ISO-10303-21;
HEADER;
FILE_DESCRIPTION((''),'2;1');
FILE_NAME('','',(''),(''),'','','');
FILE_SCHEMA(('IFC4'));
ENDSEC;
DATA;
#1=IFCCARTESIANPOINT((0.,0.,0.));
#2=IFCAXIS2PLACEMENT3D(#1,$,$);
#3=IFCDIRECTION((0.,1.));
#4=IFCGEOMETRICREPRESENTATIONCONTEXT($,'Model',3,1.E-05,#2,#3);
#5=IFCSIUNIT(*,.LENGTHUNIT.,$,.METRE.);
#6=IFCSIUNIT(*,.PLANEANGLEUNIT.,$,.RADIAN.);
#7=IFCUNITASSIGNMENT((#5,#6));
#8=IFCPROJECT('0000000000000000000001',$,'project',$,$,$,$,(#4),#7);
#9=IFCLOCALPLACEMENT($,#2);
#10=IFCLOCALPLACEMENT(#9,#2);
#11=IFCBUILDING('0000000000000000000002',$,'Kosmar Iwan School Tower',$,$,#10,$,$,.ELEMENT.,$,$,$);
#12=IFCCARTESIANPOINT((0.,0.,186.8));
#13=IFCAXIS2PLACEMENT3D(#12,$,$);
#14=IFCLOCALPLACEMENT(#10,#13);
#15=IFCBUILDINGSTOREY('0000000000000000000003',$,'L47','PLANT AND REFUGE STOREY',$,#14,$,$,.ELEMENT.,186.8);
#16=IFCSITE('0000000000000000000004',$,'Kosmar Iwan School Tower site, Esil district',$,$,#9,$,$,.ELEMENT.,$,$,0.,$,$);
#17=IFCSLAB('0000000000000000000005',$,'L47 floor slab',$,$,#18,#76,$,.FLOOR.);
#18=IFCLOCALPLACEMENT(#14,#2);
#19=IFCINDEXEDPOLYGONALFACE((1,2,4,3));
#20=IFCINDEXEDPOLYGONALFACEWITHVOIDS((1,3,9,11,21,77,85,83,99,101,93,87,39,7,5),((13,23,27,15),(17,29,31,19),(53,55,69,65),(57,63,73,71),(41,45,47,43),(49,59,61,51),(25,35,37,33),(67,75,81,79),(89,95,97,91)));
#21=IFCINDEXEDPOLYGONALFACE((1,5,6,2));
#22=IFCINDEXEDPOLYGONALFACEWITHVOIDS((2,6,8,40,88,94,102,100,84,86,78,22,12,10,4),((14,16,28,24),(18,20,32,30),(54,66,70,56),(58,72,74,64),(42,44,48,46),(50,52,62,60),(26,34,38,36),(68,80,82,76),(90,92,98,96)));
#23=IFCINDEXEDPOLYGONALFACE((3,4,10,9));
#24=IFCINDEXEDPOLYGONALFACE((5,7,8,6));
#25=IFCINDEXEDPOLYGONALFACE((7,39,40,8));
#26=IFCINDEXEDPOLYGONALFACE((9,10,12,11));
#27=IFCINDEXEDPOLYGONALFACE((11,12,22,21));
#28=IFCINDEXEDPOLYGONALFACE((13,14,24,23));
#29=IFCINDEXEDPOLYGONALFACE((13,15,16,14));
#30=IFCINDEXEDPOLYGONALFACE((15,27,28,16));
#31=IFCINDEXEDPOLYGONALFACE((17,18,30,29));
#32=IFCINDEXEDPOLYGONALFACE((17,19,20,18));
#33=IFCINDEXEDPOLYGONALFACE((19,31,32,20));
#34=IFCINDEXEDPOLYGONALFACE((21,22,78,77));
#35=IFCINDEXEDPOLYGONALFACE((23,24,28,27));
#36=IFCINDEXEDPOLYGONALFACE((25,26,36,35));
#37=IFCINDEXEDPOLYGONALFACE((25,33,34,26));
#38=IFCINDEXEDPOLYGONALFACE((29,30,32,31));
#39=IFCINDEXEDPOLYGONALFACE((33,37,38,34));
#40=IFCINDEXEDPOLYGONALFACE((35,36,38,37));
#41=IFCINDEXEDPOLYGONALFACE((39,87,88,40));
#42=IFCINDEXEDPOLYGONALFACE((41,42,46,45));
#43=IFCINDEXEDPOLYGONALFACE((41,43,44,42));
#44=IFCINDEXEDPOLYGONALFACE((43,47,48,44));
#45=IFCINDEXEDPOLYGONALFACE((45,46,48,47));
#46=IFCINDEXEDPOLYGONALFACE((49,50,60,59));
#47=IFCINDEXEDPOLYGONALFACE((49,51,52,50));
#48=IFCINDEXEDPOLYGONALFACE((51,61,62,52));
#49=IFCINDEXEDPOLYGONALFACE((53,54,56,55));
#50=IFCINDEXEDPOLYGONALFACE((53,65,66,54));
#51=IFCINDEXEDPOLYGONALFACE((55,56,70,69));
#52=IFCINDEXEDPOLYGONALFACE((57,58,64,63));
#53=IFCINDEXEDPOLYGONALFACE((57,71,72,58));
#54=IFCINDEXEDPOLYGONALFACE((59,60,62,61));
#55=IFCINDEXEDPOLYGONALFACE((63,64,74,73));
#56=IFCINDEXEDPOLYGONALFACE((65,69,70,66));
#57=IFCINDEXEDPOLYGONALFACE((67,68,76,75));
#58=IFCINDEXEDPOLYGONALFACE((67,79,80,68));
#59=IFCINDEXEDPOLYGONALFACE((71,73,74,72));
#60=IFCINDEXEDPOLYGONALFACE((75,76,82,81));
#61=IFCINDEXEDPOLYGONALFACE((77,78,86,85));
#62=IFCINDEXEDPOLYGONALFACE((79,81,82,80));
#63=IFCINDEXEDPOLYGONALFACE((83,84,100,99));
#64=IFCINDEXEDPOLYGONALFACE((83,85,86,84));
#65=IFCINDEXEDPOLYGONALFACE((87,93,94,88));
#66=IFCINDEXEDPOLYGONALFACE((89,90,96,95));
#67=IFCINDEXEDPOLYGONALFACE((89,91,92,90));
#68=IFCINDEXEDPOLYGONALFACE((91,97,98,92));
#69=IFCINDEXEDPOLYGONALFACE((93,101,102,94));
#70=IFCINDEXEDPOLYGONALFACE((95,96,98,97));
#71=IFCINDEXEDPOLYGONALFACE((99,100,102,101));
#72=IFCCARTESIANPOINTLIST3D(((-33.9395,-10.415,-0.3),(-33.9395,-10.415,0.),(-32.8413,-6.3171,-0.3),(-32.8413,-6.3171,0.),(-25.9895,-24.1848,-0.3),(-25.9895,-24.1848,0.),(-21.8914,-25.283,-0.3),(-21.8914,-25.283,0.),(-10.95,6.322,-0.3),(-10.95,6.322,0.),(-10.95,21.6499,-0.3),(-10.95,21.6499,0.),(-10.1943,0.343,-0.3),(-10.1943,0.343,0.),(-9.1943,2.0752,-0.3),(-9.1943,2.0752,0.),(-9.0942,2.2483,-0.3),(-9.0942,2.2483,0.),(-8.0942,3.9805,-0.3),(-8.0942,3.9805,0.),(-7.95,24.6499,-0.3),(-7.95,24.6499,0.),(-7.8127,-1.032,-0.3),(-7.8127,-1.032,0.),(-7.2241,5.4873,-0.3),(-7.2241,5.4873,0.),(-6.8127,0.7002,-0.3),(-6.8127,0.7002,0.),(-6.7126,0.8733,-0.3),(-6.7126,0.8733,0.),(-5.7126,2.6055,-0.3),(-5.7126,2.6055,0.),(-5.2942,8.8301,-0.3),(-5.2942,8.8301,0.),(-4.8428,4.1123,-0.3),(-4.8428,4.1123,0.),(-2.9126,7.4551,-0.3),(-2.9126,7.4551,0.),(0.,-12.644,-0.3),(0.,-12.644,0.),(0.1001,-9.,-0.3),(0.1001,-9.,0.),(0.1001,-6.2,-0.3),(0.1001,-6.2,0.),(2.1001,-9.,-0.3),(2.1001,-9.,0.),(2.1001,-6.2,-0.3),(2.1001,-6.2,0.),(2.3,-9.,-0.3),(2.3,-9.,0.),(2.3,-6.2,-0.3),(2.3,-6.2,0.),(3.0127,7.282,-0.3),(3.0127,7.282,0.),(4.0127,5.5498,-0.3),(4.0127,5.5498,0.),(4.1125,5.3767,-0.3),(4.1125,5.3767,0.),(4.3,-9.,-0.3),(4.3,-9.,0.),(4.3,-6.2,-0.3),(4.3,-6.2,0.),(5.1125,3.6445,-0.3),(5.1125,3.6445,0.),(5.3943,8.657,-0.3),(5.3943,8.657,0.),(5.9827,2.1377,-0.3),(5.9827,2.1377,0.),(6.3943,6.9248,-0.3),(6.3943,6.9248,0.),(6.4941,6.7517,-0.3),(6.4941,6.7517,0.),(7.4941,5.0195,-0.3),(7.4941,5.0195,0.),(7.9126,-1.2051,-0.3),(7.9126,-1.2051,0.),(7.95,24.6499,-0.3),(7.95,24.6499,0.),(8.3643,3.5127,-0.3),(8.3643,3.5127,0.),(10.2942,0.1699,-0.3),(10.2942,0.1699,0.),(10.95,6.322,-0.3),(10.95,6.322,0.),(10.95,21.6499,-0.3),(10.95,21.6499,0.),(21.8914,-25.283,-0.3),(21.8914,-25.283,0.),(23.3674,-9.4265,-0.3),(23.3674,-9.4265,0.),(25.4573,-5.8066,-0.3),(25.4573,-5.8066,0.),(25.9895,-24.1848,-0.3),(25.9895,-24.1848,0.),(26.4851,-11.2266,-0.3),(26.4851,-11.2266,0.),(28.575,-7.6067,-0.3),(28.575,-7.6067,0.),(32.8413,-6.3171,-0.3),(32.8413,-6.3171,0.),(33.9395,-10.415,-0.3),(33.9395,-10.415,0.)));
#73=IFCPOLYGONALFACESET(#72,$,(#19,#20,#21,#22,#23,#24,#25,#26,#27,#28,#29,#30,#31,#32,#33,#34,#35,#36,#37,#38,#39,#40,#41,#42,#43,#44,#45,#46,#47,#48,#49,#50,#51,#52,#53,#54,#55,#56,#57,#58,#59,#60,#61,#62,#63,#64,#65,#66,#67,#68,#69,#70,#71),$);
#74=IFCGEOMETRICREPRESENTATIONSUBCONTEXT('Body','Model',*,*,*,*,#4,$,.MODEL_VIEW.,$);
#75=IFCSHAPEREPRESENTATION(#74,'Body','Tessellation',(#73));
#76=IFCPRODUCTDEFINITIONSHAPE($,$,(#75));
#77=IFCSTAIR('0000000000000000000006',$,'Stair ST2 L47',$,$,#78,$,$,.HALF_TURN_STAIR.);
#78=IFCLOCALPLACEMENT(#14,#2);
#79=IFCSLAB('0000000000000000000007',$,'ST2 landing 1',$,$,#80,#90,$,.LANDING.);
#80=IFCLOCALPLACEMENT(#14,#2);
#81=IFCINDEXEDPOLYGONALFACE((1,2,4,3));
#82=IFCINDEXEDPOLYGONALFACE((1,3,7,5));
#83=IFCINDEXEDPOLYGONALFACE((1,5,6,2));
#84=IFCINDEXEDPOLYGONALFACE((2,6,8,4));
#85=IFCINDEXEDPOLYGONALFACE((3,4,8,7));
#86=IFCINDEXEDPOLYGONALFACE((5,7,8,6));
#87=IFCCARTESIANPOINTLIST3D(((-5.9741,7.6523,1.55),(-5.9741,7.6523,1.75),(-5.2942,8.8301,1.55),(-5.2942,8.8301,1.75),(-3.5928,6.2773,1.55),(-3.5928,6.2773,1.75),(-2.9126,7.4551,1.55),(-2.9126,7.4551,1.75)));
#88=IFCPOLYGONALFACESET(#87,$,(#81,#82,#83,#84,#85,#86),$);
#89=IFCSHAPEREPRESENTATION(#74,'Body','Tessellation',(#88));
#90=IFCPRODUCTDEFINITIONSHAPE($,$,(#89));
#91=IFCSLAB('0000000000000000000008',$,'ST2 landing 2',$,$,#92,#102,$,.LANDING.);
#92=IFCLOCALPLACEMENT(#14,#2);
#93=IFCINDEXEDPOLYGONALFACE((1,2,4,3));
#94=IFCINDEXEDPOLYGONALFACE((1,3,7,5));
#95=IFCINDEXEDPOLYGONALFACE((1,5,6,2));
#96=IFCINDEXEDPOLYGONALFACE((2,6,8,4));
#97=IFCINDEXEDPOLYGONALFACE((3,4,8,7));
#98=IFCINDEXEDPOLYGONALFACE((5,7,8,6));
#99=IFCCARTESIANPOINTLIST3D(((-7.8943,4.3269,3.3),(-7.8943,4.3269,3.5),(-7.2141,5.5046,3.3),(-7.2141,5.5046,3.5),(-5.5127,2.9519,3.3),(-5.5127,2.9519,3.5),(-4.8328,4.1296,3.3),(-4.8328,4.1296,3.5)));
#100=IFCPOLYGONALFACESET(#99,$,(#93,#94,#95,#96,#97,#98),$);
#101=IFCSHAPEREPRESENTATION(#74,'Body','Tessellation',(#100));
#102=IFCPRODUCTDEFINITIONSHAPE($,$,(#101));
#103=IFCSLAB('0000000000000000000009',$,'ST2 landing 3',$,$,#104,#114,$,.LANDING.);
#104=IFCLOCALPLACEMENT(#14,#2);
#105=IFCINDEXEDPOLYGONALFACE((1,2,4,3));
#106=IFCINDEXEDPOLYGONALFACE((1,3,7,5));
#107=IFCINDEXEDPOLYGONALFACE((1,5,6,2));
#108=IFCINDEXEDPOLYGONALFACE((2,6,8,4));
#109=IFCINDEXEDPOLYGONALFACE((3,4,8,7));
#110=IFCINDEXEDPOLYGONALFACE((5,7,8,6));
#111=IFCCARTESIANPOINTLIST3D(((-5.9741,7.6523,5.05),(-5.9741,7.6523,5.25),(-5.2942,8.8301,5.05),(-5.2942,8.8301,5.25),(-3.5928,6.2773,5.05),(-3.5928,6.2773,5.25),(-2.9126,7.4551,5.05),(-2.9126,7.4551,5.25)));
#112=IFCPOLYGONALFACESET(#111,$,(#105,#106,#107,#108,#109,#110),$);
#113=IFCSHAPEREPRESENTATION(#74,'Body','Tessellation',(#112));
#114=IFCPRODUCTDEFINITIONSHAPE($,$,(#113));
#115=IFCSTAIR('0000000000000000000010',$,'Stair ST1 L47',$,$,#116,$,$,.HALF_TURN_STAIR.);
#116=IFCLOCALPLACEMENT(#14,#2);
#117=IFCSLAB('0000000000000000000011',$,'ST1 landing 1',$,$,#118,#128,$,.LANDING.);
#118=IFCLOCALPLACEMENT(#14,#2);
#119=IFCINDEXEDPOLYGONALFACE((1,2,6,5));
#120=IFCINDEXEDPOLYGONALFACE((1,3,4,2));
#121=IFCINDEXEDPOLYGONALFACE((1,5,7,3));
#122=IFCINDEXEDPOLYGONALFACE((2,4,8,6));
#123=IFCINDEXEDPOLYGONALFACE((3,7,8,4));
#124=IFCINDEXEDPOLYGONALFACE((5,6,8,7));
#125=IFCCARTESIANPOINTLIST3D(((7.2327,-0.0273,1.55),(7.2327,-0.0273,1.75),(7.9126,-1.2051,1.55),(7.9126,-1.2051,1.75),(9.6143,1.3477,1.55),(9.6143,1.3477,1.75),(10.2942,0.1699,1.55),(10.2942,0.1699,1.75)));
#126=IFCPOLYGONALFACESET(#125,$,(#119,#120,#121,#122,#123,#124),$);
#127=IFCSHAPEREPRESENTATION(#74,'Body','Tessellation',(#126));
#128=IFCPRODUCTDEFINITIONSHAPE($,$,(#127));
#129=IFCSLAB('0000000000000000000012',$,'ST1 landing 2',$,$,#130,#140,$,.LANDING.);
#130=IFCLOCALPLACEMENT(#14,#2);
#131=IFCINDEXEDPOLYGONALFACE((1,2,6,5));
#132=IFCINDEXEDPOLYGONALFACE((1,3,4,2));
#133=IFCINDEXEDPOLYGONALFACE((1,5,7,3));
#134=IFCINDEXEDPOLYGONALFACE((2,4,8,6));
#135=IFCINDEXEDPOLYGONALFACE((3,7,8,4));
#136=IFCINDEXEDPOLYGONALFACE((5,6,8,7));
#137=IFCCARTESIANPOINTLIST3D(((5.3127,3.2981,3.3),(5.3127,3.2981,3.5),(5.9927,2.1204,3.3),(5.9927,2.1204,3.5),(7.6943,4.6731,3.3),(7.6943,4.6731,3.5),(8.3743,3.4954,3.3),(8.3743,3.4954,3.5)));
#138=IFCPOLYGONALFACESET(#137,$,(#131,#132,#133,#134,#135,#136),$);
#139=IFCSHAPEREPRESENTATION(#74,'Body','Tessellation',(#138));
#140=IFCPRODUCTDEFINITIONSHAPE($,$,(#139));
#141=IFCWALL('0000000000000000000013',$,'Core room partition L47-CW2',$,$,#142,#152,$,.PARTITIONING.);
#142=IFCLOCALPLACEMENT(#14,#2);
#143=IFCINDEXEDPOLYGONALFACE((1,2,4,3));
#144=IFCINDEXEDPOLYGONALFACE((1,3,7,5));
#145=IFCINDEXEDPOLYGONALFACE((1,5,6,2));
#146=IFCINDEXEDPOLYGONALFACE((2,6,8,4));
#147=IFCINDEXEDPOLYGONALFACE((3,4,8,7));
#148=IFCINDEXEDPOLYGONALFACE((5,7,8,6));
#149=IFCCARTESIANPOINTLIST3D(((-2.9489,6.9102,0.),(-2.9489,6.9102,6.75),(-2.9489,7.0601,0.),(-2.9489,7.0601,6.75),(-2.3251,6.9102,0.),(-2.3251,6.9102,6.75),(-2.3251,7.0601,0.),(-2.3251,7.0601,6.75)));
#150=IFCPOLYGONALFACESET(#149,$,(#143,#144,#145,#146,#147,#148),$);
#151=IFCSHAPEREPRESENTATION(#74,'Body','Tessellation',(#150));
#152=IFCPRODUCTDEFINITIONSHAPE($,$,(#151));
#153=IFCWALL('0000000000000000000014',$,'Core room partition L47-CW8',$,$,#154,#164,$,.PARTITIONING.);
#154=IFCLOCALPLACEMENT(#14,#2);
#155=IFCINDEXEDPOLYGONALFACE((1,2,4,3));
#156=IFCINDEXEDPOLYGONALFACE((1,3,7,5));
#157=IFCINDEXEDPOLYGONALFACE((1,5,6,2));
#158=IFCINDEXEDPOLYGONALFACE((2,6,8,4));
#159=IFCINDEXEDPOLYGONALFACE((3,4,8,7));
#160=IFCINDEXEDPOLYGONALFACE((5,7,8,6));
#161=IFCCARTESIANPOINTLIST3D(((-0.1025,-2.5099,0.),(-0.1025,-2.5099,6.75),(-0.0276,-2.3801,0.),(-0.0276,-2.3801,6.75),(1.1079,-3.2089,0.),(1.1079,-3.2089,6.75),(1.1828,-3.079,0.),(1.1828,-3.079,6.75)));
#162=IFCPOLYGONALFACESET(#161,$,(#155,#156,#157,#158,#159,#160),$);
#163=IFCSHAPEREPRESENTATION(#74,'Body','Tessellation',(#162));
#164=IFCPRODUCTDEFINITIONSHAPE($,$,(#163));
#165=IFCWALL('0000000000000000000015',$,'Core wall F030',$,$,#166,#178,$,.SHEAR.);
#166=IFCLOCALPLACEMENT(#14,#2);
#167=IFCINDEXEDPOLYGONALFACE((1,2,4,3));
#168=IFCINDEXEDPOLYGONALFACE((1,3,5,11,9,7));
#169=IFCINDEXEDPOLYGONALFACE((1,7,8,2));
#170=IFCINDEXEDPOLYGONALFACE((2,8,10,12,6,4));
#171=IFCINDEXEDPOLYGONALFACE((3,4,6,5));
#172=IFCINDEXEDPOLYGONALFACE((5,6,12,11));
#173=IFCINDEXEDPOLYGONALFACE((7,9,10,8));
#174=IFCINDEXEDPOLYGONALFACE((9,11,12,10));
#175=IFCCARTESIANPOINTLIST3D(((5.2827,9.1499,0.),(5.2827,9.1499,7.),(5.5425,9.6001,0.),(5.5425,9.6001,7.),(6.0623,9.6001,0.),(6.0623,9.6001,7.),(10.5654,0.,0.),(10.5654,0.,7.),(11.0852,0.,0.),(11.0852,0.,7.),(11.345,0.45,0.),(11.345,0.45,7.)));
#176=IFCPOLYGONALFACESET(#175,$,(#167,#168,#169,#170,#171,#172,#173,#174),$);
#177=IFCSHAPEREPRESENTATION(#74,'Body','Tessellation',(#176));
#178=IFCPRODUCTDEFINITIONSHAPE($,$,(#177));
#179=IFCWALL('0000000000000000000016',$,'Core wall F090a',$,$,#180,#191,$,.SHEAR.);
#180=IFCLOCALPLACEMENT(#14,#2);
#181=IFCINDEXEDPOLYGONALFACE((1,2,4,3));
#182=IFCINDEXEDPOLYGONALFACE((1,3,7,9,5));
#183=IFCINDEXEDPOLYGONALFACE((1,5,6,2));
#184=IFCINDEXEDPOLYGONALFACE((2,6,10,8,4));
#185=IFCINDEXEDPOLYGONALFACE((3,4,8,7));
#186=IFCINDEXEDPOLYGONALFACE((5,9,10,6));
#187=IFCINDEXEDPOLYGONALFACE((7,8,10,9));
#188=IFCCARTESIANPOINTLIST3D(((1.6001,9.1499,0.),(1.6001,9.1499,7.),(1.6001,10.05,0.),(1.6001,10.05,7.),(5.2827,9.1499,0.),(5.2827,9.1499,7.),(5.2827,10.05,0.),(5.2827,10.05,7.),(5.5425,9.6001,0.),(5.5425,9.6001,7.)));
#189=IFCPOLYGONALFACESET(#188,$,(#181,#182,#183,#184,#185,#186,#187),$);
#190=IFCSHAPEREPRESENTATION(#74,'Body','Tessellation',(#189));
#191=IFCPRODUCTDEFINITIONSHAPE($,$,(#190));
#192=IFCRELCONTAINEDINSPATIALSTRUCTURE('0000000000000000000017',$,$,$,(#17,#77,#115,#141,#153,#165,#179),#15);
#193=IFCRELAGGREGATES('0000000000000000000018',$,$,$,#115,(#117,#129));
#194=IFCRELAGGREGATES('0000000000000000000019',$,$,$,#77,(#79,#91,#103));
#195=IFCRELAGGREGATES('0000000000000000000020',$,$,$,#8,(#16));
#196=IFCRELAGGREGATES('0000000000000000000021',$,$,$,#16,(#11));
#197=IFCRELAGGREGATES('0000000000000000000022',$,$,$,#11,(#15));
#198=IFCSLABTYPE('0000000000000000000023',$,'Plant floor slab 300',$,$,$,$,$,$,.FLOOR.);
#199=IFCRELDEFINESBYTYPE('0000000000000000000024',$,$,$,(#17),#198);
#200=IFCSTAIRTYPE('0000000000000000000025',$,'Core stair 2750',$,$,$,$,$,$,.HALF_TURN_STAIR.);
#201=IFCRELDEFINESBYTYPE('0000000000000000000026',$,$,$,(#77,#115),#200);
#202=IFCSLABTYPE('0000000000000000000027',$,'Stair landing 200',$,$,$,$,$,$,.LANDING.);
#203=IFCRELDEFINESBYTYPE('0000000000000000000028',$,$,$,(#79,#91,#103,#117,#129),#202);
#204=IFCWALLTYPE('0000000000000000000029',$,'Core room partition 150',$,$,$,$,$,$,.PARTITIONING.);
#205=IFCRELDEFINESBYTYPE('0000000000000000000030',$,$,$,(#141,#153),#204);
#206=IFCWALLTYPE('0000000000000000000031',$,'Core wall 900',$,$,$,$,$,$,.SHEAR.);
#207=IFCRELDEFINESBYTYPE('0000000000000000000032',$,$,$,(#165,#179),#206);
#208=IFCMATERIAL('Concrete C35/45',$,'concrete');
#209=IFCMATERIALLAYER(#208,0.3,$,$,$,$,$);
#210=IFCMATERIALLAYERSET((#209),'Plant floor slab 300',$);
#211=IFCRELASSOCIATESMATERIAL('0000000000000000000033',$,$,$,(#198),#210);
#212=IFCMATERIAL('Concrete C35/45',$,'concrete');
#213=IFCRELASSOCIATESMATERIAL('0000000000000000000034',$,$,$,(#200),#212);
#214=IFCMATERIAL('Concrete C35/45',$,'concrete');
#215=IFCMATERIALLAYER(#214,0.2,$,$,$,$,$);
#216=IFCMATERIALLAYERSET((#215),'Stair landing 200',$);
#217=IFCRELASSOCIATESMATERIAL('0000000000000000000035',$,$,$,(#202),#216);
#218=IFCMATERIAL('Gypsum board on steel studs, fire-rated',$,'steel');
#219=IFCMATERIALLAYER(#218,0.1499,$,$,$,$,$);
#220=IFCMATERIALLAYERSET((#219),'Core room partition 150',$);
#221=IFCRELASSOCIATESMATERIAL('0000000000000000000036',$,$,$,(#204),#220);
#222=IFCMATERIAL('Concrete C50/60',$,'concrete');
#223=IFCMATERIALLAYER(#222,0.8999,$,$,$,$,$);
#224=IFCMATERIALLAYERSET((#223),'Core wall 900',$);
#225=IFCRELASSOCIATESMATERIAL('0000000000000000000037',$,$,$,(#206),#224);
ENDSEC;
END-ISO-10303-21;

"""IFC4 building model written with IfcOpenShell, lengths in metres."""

from ifc_helpers import new_model, si_unit, direction, frame, frame_2d, origin, place, context, subcontext, project, spatial, polyline, rectangle, outline, extrude, material, layer, layer_set, type_object, element, aggregate, save


model = new_model("IFC4")

# Units and contexts
model_context = context("Model", 3, precision=1e-05, world=origin(), true_north=direction((0.0, 1.0)))
body_context = subcontext(model_context, "Body", "Model", "MODEL_VIEW")
ifc_project = project(units=[si_unit("LENGTHUNIT", "METRE"), si_unit("PLANEANGLEUNIT", "RADIAN")], contexts=[model_context])

# Site, building, storey
site_placement = place(None, origin())
site = spatial("IfcSite", under=ifc_project, at=site_placement, Name="Kosmar Iwan School Tower site, Esil district", CompositionType="ELEMENT", RefElevation=0.0)
building_placement = place(site_placement, origin())
building = spatial("IfcBuilding", under=site, at=building_placement, Name="Kosmar Iwan School Tower", CompositionType="ELEMENT")
storey_placement = place(building_placement, frame((0.0, 0.0, 186.8)))
storey = spatial("IfcBuildingStorey", under=building, at=storey_placement, Name="L47", Description="PLANT AND REFUGE STOREY", CompositionType="ELEMENT", Elevation=186.8)

# Slab
ifc_material_1 = material(Name="Concrete C35/45", Category="concrete")
ifc_layer_1 = layer(ifc_material_1, 0.3)
ifc_layer_set_1 = layer_set([ifc_layer_1], Name="Plant floor slab 300")
slab_type_1 = type_object("IfcSlabType", Name="Plant floor slab 300", PredefinedType="FLOOR", material=ifc_layer_set_1)
slab_1_placement = place(storey_placement, frame((0.0, 0.0, -0.3)))
element("IfcSlab", 1, at=slab_1_placement, inside=storey, type_object=slab_type_1, Name="L47 floor slab", PredefinedType="FLOOR", context=body_context, shape_type="SweptSolid", body=[
    extrude(outline(polyline([(-21.8914, -25.283), (0.0, -12.644), (21.8914, -25.283), (25.9895, -24.1848), (33.9395, -10.415), (32.8413, -6.3171), (10.95, 6.322), (10.95, 21.6499), (7.95, 24.6499), (-7.95, 24.6499), (-10.95, 21.6499), (-10.95, 6.322), (-32.8413, -6.3171), (-33.9395, -10.415), (-25.9895, -24.1848), (-21.8914, -25.283)]), holes=[polyline([(7.9126, -1.2051), (10.2942, 0.1699), (8.3643, 3.5127), (5.9827, 2.1377), (7.9126, -1.2051)]), polyline([(-2.9126, 7.4551), (-5.2942, 8.8301), (-7.2241, 5.4873), (-4.8428, 4.1123), (-2.9126, 7.4551)]), polyline([(-5.7126, 2.6055), (-8.0942, 3.9805), (-9.0942, 2.2483), (-6.7126, 0.8733), (-5.7126, 2.6055)]), polyline([(-6.8127, 0.7002), (-9.1943, 2.0752), (-10.1943, 0.343), (-7.8127, -1.032), (-6.8127, 0.7002)]), polyline([(5.1125, 3.6445), (7.4941, 5.0195), (6.4941, 6.7517), (4.1125, 5.3767), (5.1125, 3.6445)]), polyline([(4.0127, 5.5498), (6.3943, 6.9248), (5.3943, 8.657), (3.0127, 7.282), (4.0127, 5.5498)]), polyline([(0.1001, -6.2), (0.1001, -9.0), (2.1001, -9.0), (2.1001, -6.2), (0.1001, -6.2)]), polyline([(2.3, -6.2), (2.3, -9.0), (4.3, -9.0), (4.3, -6.2), (2.3, -6.2)]), polyline([(23.3674, -9.4265), (26.4851, -11.2266), (28.575, -7.6067), (25.4573, -5.8066), (23.3674, -9.4265)])]), origin(), (0.0, 0.0, 1.0), 0.3),
])

# Stairs, slabs
ifc_material_2 = material(Name="Concrete C35/45", Category="concrete")
stair_type = type_object("IfcStairType", Name="Core stair 2750", PredefinedType="HALF_TURN_STAIR", material=ifc_material_2)
stair_1_placement = place(storey_placement, origin())
stair_1 = element("IfcStair", 2, at=stair_1_placement, inside=storey, type_object=stair_type, Name="Stair ST2 L47", PredefinedType="HALF_TURN_STAIR")
ifc_material_3 = material(Name="Concrete C35/45", Category="concrete")
ifc_layer_2 = layer(ifc_material_3, 0.2)
ifc_layer_set_2 = layer_set([ifc_layer_2], Name="Stair landing 200")
slab_type_2 = type_object("IfcSlabType", Name="Stair landing 200", PredefinedType="LANDING", material=ifc_layer_set_2)
slab_2_placement = place(storey_placement, frame((0.0, 0.0, 1.55)))
slab_2 = element("IfcSlab", 3, at=slab_2_placement, type_object=slab_type_2, Name="ST2 landing 1", PredefinedType="LANDING", context=body_context, shape_type="SweptSolid", body=[
    extrude(outline(polyline([(-2.9126, 7.4551), (-5.2942, 8.8301), (-5.9741, 7.6523), (-3.5928, 6.2773), (-2.9126, 7.4551)])), origin(), (0.0, 0.0, 1.0), 0.2),
])
slab_3_placement = place(storey_placement, frame((0.0, 0.0, 3.3)))
slab_3 = element("IfcSlab", 4, at=slab_3_placement, type_object=slab_type_2, Name="ST2 landing 2", PredefinedType="LANDING", context=body_context, shape_type="SweptSolid", body=[
    extrude(outline(polyline([(-4.8328, 4.1296), (-7.2141, 5.5046), (-7.8943, 4.3269), (-5.5127, 2.9519), (-4.8328, 4.1296)])), origin(), (0.0, 0.0, 1.0), 0.2),
])
slab_4_placement = place(storey_placement, frame((0.0, 0.0, 5.05)))
slab_4 = element("IfcSlab", 5, at=slab_4_placement, type_object=slab_type_2, Name="ST2 landing 3", PredefinedType="LANDING", context=body_context, shape_type="SweptSolid", body=[
    extrude(outline(polyline([(-2.9126, 7.4551), (-5.2942, 8.8301), (-5.9741, 7.6523), (-3.5928, 6.2773), (-2.9126, 7.4551)])), origin(), (0.0, 0.0, 1.0), 0.2),
])
stair_2_placement = place(storey_placement, origin())
stair_2 = element("IfcStair", 6, at=stair_2_placement, inside=storey, type_object=stair_type, Name="Stair ST1 L47", PredefinedType="HALF_TURN_STAIR")
slab_5_placement = place(storey_placement, frame((0.0, 0.0, 1.55)))
slab_5 = element("IfcSlab", 7, at=slab_5_placement, type_object=slab_type_2, Name="ST1 landing 1", PredefinedType="LANDING", context=body_context, shape_type="SweptSolid", body=[
    extrude(outline(polyline([(7.9126, -1.2051), (10.2942, 0.1699), (9.6143, 1.3477), (7.2327, -0.0273), (7.9126, -1.2051)])), origin(), (0.0, 0.0, 1.0), 0.2),
])
slab_6_placement = place(storey_placement, frame((0.0, 0.0, 3.3)))
slab_6 = element("IfcSlab", 8, at=slab_6_placement, type_object=slab_type_2, Name="ST1 landing 2", PredefinedType="LANDING", context=body_context, shape_type="SweptSolid", body=[
    extrude(outline(polyline([(5.9927, 2.1204), (8.3743, 3.4954), (7.6943, 4.6731), (5.3127, 3.2981), (5.9927, 2.1204)])), origin(), (0.0, 0.0, 1.0), 0.2),
])
aggregate(stair_2, [slab_5, slab_6])

# Walls
ifc_material_4 = material(Name="Gypsum board on steel studs, fire-rated", Category="steel")
ifc_layer_3 = layer(ifc_material_4, 0.1499)
ifc_layer_set_3 = layer_set([ifc_layer_3], Name="Core room partition 150")
wall_type_1 = type_object("IfcWallType", Name="Core room partition 150", PredefinedType="PARTITIONING", material=ifc_layer_set_3)
wall_1_placement = place(storey_placement, frame((-2.325, 6.9851, 0.0), z_axis=(0.0, 0.0, 1.0), x_axis=(-1.0, 0.0, 0.0)))
element("IfcWall", 9, at=wall_1_placement, inside=storey, type_object=wall_type_1, Name="Core room partition L47-CW2", PredefinedType="PARTITIONING", context=body_context, shape_type="SweptSolid", body=[
    extrude(rectangle(XDim=0.6238, YDim=0.1499, at=frame_2d((0.312, 0.0))), origin(), (0.0, 0.0, 1.0), 6.75),
])
wall_2_placement = place(storey_placement, frame((-0.0649, -2.4451, 0.0), z_axis=(0.0, 0.0, 1.0), x_axis=(0.865988, -0.500065, 0.0)))
element("IfcWall", 10, at=wall_2_placement, inside=storey, type_object=wall_type_1, Name="Core room partition L47-CW8", PredefinedType="PARTITIONING", context=body_context, shape_type="SweptSolid", body=[
    extrude(rectangle(XDim=1.3977, YDim=0.1499, at=frame_2d((0.6987, 0.0))), origin(), (0.0, 0.0, 1.0), 6.75),
])
ifc_material_5 = material(Name="Concrete C50/60", Category="concrete")
ifc_layer_4 = layer(ifc_material_5, 0.8999)
ifc_layer_set_4 = layer_set([ifc_layer_4], Name="Core wall 900")
wall_type_2 = type_object("IfcWallType", Name="Core wall 900", PredefinedType="SHEAR", material=ifc_layer_set_4)
wall_3_placement = place(storey_placement, origin())
element("IfcWall", 11, at=wall_3_placement, inside=storey, type_object=wall_type_2, Name="Core wall F030", PredefinedType="SHEAR", context=body_context, shape_type="SweptSolid", body=[
    extrude(outline(polyline([(10.5654, 0.0), (11.0852, 0.0), (11.345, 0.45), (6.0623, 9.6001), (5.5425, 9.6001), (5.2827, 9.1499), (10.5654, 0.0)])), origin(), (0.0, 0.0, 1.0), 7.0),
])
wall_4_placement = place(storey_placement, origin())
element("IfcWall", 12, at=wall_4_placement, inside=storey, type_object=wall_type_2, Name="Core wall F090a", PredefinedType="SHEAR", context=body_context, shape_type="SweptSolid", body=[
    extrude(outline(polyline([(1.6001, 9.1499), (5.2827, 9.1499), (5.5425, 9.6001), (5.2827, 10.05), (1.6001, 10.05), (1.6001, 9.1499)])), origin(), (0.0, 0.0, 1.0), 7.0),
])

aggregate(stair_1, [slab_2, slab_3, slab_4])

save(model, "model.ifc")
